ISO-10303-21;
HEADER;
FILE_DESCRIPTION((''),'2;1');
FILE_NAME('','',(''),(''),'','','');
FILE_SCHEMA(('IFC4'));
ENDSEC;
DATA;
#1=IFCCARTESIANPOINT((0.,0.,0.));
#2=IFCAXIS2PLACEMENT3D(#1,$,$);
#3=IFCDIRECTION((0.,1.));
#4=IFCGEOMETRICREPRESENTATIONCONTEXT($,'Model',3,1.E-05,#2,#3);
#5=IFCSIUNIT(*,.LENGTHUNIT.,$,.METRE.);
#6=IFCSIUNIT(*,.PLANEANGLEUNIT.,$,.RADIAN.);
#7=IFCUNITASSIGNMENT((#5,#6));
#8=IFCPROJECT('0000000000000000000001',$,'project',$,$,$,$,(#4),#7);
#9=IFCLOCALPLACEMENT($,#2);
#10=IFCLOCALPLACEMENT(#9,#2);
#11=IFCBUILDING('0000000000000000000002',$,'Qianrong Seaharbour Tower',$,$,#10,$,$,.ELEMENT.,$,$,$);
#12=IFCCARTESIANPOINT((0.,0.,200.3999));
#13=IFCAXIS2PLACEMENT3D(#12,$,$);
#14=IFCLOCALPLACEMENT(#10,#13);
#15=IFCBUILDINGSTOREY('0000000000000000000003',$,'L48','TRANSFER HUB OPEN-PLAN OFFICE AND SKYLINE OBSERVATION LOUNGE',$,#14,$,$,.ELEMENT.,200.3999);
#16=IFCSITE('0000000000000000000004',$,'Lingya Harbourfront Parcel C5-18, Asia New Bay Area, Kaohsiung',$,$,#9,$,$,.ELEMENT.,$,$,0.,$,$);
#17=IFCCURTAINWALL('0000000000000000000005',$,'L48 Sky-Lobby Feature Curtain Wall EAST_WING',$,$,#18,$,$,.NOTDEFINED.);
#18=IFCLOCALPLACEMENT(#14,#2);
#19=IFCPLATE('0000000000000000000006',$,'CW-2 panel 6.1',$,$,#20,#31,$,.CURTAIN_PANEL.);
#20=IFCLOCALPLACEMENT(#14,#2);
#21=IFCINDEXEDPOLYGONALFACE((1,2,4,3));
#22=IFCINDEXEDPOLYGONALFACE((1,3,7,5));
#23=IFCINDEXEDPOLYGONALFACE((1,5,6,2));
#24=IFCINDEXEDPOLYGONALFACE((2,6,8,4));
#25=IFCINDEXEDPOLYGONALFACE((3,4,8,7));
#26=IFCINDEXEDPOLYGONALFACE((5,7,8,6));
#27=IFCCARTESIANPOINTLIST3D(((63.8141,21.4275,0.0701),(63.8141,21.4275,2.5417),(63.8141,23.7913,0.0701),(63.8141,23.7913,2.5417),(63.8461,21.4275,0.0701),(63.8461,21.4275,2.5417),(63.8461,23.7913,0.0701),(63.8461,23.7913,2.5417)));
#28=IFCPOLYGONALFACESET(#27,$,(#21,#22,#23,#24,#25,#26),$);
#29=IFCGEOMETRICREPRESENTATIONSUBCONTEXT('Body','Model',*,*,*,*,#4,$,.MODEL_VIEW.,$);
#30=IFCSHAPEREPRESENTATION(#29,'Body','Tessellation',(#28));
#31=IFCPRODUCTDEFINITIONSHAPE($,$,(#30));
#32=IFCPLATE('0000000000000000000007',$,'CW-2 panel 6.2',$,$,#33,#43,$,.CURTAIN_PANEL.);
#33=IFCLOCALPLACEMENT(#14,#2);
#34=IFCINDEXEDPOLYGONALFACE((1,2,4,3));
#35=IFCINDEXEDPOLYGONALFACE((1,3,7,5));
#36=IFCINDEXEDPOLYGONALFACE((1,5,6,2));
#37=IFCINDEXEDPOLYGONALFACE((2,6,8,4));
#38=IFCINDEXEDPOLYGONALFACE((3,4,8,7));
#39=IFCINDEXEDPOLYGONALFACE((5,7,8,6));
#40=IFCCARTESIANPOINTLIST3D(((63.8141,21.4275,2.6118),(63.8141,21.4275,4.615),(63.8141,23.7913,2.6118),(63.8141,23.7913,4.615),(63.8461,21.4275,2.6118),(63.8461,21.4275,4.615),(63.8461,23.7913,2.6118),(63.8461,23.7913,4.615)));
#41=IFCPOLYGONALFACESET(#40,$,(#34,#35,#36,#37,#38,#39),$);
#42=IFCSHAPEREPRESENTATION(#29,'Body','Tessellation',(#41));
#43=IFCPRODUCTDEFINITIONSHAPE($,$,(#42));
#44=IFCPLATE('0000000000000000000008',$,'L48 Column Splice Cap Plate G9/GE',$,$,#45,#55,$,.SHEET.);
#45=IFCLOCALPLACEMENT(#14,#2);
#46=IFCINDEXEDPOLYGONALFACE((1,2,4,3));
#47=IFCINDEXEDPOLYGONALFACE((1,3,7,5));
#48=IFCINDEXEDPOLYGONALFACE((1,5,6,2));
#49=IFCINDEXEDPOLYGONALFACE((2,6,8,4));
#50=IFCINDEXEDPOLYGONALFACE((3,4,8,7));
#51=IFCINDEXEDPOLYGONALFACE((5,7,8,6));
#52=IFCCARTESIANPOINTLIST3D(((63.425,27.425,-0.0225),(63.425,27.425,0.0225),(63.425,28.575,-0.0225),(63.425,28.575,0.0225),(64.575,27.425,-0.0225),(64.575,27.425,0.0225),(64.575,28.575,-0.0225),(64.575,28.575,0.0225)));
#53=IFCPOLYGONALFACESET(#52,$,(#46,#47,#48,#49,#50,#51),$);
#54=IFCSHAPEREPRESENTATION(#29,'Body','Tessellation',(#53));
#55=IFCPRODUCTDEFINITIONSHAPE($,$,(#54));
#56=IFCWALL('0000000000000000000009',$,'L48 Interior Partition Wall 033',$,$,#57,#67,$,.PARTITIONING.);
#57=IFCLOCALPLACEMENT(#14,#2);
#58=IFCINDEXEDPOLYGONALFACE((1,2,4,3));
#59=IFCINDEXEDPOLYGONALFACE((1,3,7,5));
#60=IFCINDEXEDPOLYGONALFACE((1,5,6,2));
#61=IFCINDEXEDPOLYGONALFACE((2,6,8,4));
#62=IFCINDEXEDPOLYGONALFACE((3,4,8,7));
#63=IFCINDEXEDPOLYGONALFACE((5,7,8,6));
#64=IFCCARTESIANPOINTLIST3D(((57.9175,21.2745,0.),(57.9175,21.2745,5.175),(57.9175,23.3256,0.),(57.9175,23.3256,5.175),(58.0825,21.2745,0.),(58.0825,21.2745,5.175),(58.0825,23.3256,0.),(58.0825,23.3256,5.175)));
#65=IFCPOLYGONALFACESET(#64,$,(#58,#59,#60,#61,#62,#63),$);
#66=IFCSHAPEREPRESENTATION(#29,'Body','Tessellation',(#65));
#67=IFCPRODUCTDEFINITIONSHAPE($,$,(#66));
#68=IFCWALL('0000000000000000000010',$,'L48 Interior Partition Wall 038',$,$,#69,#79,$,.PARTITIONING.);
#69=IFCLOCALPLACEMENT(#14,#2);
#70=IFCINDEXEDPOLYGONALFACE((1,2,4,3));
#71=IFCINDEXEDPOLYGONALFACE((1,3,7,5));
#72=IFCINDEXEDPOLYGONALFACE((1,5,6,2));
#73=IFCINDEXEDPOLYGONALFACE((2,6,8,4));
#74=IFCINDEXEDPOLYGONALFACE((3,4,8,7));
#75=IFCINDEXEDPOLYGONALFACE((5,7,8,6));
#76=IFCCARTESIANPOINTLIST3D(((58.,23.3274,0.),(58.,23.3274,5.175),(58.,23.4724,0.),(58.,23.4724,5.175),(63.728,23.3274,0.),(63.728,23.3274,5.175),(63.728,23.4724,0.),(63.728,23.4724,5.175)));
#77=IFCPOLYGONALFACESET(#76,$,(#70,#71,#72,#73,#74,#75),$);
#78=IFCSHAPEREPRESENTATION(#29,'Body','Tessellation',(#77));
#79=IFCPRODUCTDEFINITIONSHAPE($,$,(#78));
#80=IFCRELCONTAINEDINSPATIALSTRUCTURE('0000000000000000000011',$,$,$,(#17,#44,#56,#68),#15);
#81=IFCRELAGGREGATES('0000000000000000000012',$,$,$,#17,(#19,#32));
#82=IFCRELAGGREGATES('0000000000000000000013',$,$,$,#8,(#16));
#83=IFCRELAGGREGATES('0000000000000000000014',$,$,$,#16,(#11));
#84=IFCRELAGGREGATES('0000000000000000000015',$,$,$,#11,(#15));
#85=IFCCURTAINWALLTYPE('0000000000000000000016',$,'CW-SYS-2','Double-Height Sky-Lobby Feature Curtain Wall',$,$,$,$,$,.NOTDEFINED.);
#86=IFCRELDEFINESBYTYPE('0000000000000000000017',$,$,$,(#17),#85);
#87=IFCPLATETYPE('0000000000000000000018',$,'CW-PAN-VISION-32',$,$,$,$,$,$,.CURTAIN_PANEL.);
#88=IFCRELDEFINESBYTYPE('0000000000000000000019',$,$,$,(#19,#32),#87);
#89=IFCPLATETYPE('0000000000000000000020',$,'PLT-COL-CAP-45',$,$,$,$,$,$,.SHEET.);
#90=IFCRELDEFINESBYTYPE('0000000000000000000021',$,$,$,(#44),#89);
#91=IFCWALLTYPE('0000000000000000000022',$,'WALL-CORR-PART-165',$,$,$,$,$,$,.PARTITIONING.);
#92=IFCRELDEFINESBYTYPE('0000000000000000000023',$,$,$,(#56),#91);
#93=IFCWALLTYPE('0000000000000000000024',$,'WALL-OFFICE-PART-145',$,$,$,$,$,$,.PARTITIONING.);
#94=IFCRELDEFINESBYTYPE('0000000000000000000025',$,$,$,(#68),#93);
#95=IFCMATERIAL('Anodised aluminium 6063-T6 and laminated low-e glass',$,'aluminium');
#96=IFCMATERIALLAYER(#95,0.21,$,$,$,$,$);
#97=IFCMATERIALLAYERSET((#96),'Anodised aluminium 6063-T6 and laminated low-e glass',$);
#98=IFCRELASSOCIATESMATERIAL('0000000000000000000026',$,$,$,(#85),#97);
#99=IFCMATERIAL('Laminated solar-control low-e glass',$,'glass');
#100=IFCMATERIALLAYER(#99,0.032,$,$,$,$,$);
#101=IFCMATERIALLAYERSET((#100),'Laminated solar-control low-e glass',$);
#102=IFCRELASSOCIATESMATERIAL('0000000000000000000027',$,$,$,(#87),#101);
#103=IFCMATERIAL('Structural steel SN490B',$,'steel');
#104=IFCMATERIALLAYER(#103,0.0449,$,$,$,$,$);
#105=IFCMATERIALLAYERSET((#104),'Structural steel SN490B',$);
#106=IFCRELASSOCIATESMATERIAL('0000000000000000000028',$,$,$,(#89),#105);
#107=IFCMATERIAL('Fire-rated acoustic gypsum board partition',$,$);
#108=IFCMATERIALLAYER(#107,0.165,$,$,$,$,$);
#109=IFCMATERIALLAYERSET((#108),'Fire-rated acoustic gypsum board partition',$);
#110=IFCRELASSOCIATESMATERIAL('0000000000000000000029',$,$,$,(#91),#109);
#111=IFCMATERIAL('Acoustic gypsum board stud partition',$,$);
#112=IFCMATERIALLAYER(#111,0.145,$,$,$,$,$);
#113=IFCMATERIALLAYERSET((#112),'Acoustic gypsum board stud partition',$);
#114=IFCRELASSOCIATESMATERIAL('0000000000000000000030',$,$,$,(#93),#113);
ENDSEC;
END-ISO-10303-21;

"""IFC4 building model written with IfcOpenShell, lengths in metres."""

from ifc_helpers import new_model, si_unit, direction, frame, frame_2d, origin, origin_2d, place, context, subcontext, project, spatial, rectangle, extrude, material, layer, layer_set, type_object, element, aggregate, save


model = new_model("IFC4")

# Units and contexts
model_context = context("Model", 3, precision=1e-05, world=origin(), true_north=direction((0.0, 1.0)))
body_context = subcontext(model_context, "Body", "Model", "MODEL_VIEW")
ifc_project = project(units=[si_unit("LENGTHUNIT", "METRE"), si_unit("PLANEANGLEUNIT", "RADIAN")], contexts=[model_context])

# Site, building, storey
site_placement = place(None, origin())
site = spatial("IfcSite", under=ifc_project, at=site_placement, Name="Lingya Harbourfront Parcel C5-18, Asia New Bay Area, Kaohsiung", CompositionType="ELEMENT", RefElevation=0.0)
building_placement = place(site_placement, origin())
building = spatial("IfcBuilding", under=site, at=building_placement, Name="Qianrong Seaharbour Tower", CompositionType="ELEMENT")
storey_placement = place(building_placement, frame((0.0, 0.0, 200.3999)))
storey = spatial("IfcBuildingStorey", under=building, at=storey_placement, Name="L48", Description="TRANSFER HUB OPEN-PLAN OFFICE AND SKYLINE OBSERVATION LOUNGE", CompositionType="ELEMENT", Elevation=200.3999)

# Shared definitions
ifc_material_1 = material(Name="Structural steel SN490B", Category="steel")

# Curtain wall, plates
ifc_material_2 = material(Name="Anodised aluminium 6063-T6 and laminated low-e glass", Category="aluminium")
ifc_layer_1 = layer(ifc_material_2, 0.21)
ifc_layer_set_1 = layer_set([ifc_layer_1], Name="Anodised aluminium 6063-T6 and laminated low-e glass")
curtain_wall_type = type_object("IfcCurtainWallType", Name="CW-SYS-2", Description="Double-Height Sky-Lobby Feature Curtain Wall", PredefinedType="NOTDEFINED", material=ifc_layer_set_1)
curtain_wall_placement = place(storey_placement, origin())
curtain_wall = element("IfcCurtainWall", 1, at=curtain_wall_placement, inside=storey, type_object=curtain_wall_type, Name="L48 Sky-Lobby Feature Curtain Wall EAST_WING", PredefinedType="NOTDEFINED")
ifc_material_3 = material(Name="Laminated solar-control low-e glass", Category="glass")
ifc_layer_2 = layer(ifc_material_3, 0.032)
ifc_layer_set_2 = layer_set([ifc_layer_2], Name="Laminated solar-control low-e glass")
plate_type_1 = type_object("IfcPlateType", Name="CW-PAN-VISION-32", PredefinedType="CURTAIN_PANEL", material=ifc_layer_set_2)
plate_1_placement = place(storey_placement, frame((63.8301, 22.6094, 0.0701), z_axis=(0.0, 0.0, 1.0), x_axis=(0.0, -1.0, 0.0)))
plate_1 = element("IfcPlate", 2, at=plate_1_placement, type_object=plate_type_1, Name="CW-2 panel 6.1", PredefinedType="CURTAIN_PANEL", context=body_context, shape_type="SweptSolid", body=[
    extrude(rectangle(XDim=2.3638, YDim=0.032, at=origin_2d()), origin(), (0.0, 0.0, 1.0), 2.4717),
])
plate_2_placement = place(storey_placement, frame((63.8301, 22.6094, 2.6118), z_axis=(0.0, 0.0, 1.0), x_axis=(0.0, -1.0, 0.0)))
plate_2 = element("IfcPlate", 3, at=plate_2_placement, type_object=plate_type_1, Name="CW-2 panel 6.2", PredefinedType="CURTAIN_PANEL", context=body_context, shape_type="SweptSolid", body=[
    extrude(rectangle(XDim=2.3638, YDim=0.032, at=origin_2d()), origin(), (0.0, 0.0, 1.0), 2.0032),
])
aggregate(curtain_wall, [plate_1, plate_2])

# Plate
ifc_layer_3 = layer(ifc_material_1, 0.0449)
ifc_layer_set_3 = layer_set([ifc_layer_3], Name="Structural steel SN490B")
plate_type_2 = type_object("IfcPlateType", Name="PLT-COL-CAP-45", PredefinedType="SHEET", material=ifc_layer_set_3)
plate_3_placement = place(storey_placement, frame((64.0, 28.0, -0.0225), z_axis=(0.0, 0.0, 1.0), x_axis=(1.0, 0.0, 0.0)))
element("IfcPlate", 4, at=plate_3_placement, inside=storey, type_object=plate_type_2, Name="L48 Column Splice Cap Plate G9/GE", PredefinedType="SHEET", context=body_context, shape_type="SweptSolid", body=[
    extrude(rectangle(XDim=1.1499, YDim=1.1499, at=origin_2d()), origin(), (0.0, 0.0, 1.0), 0.0449),
])

# Walls
ifc_material_4 = material(Name="Fire-rated acoustic gypsum board partition")
ifc_layer_4 = layer(ifc_material_4, 0.165)
ifc_layer_set_4 = layer_set([ifc_layer_4], Name="Fire-rated acoustic gypsum board partition")
wall_type_1 = type_object("IfcWallType", Name="WALL-CORR-PART-165", PredefinedType="PARTITIONING", material=ifc_layer_set_4)
wall_1_placement = place(storey_placement, frame((58.0, 23.3254, 0.0), z_axis=(0.0, 0.0, 1.0), x_axis=(0.0, -1.0, 0.0)))
element("IfcWall", 5, at=wall_1_placement, inside=storey, type_object=wall_type_1, Name="L48 Interior Partition Wall 033", PredefinedType="PARTITIONING", context=body_context, shape_type="SweptSolid", body=[
    extrude(rectangle(XDim=2.051, YDim=0.165, at=frame_2d((1.0254, 0.0))), origin(), (0.0, 0.0, 1.0), 5.175),
])
ifc_material_5 = material(Name="Acoustic gypsum board stud partition")
ifc_layer_5 = layer(ifc_material_5, 0.145)
ifc_layer_set_5 = layer_set([ifc_layer_5], Name="Acoustic gypsum board stud partition")
wall_type_2 = type_object("IfcWallType", Name="WALL-OFFICE-PART-145", PredefinedType="PARTITIONING", material=ifc_layer_set_5)
wall_2_placement = place(storey_placement, frame((63.728, 23.3999, 0.0), z_axis=(0.0, 0.0, 1.0), x_axis=(-1.0, 0.0, 0.0)))
element("IfcWall", 6, at=wall_2_placement, inside=storey, type_object=wall_type_2, Name="L48 Interior Partition Wall 038", PredefinedType="PARTITIONING", context=body_context, shape_type="SweptSolid", body=[
    extrude(rectangle(XDim=5.728, YDim=0.145, at=frame_2d((2.864, 0.0))), origin(), (0.0, 0.0, 1.0), 5.175),
])

save(model, "model.ifc")
